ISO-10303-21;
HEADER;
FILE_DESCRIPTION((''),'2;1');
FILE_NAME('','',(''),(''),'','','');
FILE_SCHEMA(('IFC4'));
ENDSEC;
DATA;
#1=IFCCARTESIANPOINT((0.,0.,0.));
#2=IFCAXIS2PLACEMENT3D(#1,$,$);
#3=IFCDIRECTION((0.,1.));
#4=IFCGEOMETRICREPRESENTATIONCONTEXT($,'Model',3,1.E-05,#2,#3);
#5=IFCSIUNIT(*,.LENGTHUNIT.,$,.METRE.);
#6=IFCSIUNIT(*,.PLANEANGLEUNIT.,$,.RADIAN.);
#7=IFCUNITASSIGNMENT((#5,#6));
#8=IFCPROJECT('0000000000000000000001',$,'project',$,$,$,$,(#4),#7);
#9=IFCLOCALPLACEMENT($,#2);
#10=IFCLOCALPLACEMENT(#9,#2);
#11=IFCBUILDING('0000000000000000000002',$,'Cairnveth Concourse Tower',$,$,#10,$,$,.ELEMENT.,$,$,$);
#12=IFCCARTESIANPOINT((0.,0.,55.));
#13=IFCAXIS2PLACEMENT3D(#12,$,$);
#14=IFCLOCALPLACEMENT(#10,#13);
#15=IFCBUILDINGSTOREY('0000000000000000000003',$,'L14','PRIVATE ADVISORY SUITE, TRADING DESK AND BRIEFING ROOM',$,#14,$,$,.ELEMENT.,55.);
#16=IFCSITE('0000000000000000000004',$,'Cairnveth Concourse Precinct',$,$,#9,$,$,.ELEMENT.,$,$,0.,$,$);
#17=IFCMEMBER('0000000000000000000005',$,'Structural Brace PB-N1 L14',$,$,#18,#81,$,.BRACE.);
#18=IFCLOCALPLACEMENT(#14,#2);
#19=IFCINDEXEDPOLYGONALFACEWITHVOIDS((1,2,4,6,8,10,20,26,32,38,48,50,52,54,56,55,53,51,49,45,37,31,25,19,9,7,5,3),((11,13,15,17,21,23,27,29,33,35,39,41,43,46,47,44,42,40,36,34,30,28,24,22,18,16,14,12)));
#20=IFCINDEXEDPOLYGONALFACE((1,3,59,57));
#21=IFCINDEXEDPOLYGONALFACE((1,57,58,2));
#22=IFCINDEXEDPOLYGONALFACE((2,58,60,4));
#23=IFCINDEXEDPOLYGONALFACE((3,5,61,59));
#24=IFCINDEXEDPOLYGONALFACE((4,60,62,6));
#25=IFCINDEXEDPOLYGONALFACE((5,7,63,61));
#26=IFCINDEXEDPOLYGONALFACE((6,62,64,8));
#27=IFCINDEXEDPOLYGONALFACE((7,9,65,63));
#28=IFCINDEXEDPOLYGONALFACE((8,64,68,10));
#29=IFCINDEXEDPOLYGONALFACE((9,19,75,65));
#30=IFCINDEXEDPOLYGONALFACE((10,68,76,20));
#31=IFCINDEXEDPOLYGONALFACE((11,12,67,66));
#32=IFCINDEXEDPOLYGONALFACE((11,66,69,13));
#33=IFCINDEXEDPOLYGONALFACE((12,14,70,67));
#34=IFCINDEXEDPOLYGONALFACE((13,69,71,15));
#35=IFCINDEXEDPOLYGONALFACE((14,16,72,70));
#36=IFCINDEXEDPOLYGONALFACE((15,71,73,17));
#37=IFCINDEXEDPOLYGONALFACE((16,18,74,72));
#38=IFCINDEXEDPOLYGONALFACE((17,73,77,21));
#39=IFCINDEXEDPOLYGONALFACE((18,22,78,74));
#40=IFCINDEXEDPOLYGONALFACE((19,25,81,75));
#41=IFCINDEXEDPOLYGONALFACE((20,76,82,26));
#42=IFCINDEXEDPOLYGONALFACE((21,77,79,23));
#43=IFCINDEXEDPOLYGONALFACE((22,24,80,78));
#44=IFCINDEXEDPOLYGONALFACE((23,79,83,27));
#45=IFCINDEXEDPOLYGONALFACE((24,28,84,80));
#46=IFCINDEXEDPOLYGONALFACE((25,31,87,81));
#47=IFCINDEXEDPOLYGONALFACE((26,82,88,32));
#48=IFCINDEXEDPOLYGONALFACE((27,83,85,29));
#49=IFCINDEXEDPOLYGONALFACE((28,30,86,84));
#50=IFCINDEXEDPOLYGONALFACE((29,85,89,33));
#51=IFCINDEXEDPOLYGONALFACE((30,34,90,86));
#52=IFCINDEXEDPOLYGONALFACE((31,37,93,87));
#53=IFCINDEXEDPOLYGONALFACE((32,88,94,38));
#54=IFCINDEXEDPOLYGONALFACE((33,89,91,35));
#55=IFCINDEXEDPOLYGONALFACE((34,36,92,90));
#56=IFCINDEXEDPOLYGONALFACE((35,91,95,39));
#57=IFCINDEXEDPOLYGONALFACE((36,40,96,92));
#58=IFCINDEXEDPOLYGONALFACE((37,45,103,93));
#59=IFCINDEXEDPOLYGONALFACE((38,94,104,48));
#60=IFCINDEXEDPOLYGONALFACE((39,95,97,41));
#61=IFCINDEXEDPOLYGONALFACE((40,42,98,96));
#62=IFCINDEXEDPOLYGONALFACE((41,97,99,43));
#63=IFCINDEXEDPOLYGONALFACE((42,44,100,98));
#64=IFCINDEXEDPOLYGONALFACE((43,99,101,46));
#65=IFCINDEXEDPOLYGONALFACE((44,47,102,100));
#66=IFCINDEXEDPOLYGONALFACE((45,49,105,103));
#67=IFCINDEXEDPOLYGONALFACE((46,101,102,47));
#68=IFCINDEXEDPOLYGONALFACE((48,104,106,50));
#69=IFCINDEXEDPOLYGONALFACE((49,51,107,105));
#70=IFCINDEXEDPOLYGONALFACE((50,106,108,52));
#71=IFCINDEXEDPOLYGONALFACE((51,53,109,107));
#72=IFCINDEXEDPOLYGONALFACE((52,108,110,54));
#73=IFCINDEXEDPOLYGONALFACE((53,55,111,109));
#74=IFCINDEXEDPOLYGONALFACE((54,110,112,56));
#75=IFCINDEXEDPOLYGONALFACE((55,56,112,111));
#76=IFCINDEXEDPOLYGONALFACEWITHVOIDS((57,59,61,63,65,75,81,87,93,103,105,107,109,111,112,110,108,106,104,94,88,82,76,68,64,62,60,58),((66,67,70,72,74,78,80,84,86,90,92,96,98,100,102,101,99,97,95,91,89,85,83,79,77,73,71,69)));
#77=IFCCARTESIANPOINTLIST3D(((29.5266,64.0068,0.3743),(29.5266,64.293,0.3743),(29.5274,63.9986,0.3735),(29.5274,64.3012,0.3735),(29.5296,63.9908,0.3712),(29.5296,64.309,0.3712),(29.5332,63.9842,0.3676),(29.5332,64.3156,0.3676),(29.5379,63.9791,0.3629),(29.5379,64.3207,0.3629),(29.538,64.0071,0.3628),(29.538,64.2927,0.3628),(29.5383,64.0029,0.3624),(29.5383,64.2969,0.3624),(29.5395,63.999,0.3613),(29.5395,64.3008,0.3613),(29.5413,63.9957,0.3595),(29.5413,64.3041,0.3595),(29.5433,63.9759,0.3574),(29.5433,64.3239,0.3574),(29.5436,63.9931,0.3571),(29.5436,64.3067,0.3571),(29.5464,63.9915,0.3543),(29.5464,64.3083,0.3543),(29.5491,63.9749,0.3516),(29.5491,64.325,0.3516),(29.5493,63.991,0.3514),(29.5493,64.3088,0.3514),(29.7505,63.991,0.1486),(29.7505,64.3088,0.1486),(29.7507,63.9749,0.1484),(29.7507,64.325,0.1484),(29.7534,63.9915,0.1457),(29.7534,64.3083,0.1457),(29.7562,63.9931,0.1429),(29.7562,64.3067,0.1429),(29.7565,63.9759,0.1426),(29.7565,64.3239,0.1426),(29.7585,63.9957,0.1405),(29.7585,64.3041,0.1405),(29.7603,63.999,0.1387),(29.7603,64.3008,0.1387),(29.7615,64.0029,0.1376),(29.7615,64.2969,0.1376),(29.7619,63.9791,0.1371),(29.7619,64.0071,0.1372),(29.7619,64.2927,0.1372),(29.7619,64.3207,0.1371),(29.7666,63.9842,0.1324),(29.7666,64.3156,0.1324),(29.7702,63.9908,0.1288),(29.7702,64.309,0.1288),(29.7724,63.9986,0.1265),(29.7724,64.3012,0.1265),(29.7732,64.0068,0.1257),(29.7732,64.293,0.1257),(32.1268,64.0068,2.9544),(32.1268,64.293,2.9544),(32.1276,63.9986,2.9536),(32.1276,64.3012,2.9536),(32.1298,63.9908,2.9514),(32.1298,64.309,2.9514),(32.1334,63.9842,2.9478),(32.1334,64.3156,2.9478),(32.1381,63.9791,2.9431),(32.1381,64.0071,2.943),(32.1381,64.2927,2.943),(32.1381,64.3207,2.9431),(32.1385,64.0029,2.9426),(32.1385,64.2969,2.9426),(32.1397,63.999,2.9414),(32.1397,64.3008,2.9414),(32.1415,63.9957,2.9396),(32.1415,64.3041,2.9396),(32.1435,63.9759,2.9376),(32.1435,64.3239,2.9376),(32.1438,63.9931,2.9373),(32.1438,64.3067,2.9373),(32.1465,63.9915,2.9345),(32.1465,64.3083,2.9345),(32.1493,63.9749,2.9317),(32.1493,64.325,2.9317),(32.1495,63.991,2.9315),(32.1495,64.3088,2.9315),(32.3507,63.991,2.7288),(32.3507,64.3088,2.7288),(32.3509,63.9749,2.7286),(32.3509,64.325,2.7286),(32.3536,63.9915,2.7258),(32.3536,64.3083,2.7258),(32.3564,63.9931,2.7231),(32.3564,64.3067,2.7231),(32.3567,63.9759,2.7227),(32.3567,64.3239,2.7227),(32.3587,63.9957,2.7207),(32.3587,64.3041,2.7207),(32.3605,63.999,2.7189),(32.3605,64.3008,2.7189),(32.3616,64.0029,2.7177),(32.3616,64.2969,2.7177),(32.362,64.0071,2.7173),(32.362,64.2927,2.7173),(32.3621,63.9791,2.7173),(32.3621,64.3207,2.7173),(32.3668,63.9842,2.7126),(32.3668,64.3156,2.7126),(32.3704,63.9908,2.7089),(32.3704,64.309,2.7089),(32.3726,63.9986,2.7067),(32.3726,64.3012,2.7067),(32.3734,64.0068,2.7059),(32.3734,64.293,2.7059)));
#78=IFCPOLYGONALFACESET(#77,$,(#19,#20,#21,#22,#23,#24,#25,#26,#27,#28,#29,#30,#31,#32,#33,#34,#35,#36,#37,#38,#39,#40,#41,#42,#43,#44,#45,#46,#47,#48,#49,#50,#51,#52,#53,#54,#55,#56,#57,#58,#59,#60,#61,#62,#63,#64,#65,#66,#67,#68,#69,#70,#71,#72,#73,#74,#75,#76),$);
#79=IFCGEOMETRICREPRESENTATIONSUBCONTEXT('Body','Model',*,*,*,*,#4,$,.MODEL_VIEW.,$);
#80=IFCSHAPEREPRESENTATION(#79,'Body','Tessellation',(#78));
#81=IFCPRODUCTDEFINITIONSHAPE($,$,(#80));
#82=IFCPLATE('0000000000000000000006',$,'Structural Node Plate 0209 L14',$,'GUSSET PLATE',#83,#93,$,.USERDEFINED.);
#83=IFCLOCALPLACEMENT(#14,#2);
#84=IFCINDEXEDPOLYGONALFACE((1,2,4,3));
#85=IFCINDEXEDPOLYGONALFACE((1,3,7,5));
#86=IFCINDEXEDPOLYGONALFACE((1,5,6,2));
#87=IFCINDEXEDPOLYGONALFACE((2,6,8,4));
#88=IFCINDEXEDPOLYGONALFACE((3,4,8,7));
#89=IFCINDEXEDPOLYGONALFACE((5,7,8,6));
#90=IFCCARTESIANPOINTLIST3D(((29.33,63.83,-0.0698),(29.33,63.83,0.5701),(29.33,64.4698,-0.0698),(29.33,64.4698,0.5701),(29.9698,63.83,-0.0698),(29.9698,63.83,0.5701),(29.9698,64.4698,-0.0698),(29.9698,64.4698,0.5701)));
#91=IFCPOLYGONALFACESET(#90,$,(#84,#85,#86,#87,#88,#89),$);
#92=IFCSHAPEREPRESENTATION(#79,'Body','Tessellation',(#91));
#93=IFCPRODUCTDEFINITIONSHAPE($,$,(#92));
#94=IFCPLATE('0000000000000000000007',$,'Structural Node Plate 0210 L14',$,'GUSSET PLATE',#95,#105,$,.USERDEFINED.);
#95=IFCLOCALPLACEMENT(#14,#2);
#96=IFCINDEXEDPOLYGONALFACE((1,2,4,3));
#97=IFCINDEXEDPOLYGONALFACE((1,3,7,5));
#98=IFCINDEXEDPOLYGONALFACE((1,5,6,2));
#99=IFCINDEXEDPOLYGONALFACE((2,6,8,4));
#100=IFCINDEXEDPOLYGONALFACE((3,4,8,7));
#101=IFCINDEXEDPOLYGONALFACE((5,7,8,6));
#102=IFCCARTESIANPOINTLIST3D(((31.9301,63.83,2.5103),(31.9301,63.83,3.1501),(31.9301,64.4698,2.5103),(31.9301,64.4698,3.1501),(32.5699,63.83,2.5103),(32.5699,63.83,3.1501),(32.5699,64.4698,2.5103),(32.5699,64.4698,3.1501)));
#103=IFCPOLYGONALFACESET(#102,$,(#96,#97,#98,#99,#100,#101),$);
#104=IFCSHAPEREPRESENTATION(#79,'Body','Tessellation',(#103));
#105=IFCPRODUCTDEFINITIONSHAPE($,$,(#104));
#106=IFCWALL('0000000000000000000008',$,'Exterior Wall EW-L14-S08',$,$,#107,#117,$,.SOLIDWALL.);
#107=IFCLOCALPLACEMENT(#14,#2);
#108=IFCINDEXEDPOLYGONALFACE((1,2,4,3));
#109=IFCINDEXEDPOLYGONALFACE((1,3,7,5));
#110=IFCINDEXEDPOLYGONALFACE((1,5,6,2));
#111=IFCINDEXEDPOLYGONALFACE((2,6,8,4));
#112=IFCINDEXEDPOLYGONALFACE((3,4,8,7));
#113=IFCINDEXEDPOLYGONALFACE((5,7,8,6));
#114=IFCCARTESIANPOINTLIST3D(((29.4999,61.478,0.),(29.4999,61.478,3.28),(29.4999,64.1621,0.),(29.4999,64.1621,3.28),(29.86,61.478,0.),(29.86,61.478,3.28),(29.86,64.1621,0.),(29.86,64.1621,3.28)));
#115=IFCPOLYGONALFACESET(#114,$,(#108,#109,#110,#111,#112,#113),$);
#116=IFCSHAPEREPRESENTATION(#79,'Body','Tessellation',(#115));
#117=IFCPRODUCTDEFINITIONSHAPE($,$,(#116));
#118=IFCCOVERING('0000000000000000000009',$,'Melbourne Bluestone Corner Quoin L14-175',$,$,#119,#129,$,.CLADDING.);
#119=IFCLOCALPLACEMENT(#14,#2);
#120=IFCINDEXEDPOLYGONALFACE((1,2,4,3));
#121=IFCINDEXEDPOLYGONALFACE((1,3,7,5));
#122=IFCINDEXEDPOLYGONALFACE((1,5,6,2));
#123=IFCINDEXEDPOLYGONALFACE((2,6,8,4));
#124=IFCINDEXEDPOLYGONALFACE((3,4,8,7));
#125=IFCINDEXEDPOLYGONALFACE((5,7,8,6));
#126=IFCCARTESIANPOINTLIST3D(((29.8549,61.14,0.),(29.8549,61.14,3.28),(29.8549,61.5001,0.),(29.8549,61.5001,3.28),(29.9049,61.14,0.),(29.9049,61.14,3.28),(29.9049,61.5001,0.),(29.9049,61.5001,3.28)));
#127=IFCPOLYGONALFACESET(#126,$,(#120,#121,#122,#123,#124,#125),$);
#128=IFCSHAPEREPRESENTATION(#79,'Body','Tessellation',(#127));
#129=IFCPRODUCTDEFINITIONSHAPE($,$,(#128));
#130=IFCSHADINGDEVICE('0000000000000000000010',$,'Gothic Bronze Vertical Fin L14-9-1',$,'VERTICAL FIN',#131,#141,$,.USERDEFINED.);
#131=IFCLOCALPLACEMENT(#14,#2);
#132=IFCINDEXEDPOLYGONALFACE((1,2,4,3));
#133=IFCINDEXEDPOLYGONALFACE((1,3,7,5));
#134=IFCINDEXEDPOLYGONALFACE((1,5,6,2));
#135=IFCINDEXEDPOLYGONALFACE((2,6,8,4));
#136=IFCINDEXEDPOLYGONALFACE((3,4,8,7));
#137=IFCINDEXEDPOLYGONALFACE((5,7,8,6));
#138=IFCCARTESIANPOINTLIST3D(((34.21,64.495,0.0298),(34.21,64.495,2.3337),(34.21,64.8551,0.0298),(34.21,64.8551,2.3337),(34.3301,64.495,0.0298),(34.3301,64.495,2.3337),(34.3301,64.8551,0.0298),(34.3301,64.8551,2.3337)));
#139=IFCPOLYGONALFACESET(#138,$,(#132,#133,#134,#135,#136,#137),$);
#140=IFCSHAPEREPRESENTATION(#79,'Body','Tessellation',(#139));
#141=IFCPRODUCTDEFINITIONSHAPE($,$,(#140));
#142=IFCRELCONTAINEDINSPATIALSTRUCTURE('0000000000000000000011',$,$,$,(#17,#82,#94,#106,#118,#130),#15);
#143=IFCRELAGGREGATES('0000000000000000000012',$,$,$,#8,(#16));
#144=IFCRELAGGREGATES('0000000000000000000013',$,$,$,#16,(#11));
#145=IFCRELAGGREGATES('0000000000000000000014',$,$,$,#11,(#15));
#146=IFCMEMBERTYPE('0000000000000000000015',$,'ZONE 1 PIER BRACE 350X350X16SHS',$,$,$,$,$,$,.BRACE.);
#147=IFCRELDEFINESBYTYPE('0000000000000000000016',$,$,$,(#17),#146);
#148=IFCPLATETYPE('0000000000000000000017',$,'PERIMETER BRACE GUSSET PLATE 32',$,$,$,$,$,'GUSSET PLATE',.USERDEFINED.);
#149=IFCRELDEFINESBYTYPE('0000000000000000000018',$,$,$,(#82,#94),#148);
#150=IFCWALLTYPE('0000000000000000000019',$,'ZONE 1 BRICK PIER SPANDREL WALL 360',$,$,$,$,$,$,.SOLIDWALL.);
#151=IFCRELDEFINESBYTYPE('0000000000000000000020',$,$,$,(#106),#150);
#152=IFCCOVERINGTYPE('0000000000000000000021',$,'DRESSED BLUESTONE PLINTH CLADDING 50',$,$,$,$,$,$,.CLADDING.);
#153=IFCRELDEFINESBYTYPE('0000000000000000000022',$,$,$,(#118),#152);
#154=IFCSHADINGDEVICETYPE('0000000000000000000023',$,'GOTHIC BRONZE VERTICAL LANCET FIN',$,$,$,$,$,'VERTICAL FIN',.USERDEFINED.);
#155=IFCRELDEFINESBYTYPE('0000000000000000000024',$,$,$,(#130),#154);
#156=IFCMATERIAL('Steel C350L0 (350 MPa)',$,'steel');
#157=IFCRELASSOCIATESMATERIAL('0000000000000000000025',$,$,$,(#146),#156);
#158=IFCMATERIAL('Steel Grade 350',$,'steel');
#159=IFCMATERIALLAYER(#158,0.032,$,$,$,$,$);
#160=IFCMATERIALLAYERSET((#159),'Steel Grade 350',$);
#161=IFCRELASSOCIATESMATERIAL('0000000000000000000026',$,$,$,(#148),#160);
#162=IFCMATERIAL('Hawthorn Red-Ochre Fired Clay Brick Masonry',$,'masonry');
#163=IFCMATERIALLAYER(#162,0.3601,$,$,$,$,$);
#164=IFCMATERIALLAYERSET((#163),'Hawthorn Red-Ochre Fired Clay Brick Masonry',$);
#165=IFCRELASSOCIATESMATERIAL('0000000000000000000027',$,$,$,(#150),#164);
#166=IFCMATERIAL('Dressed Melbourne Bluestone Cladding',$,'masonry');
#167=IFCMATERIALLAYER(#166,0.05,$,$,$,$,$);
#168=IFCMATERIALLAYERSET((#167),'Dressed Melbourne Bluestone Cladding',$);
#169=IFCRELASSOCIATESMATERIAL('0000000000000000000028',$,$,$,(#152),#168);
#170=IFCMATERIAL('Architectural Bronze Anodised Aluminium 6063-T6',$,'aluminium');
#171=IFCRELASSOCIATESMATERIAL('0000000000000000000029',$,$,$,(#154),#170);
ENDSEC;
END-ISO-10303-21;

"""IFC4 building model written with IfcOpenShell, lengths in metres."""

from ifc_helpers import new_model, si_unit, direction, frame, frame_2d, origin, origin_2d, place, context, subcontext, project, spatial, rectangle, hollow_rectangle, extrude, material, layer, layer_set, material_profile, profile_set, type_object, element, save


model = new_model("IFC4")

# Units and contexts
model_context = context("Model", 3, precision=1e-05, world=origin(), true_north=direction((0.0, 1.0)))
body_context = subcontext(model_context, "Body", "Model", "MODEL_VIEW")
ifc_project = project(units=[si_unit("LENGTHUNIT", "METRE"), si_unit("PLANEANGLEUNIT", "RADIAN")], contexts=[model_context])

# Site, building, storey
site_placement = place(None, origin())
site = spatial("IfcSite", under=ifc_project, at=site_placement, Name="Cairnveth Concourse Precinct", CompositionType="ELEMENT", RefElevation=0.0)
building_placement = place(site_placement, origin())
building = spatial("IfcBuilding", under=site, at=building_placement, Name="Cairnveth Concourse Tower", CompositionType="ELEMENT")
storey_placement = place(building_placement, frame((0.0, 0.0, 55.0)))
storey = spatial("IfcBuildingStorey", under=building, at=storey_placement, Name="L14", Description="PRIVATE ADVISORY SUITE, TRADING DESK AND BRIEFING ROOM", CompositionType="ELEMENT", Elevation=55.0)

# Member
ifc_material_1 = material(Name="Steel C350L0 (350 MPa)", Category="steel")
ifc_material_profile = material_profile(ifc_material_1, hollow_rectangle(XDim=0.3501, YDim=0.3501, WallThickness=0.0161, InnerFilletRadius=0.0161, OuterFilletRadius=0.032, at=origin_2d()), Name="350x350x16.0SHS")
ifc_profile_set = profile_set([ifc_material_profile], Name="Steel C350L0 (350 MPa)")
member_type = type_object("IfcMemberType", Name="ZONE 1 PIER BRACE 350X350X16SHS", PredefinedType="BRACE", material=ifc_profile_set)
member_placement = place(storey_placement, frame((29.6499, 64.1499, 0.25), z_axis=(0.709834, 0.0, 0.704369), x_axis=(0.0, 1.0, 0.0)))
element("IfcMember", 1, at=member_placement, inside=storey, type_object=member_type, Name="Structural Brace PB-N1 L14", PredefinedType="BRACE", context=body_context, shape_type="SweptSolid", body=[
    extrude(hollow_rectangle(XDim=0.3501, YDim=0.3501, WallThickness=0.0161, InnerFilletRadius=0.0161, OuterFilletRadius=0.032, at=origin_2d()), origin(), (0.0, 0.0, 1.0), 3.6631),
])

# Plates
ifc_material_2 = material(Name="Steel Grade 350", Category="steel")
ifc_layer_1 = layer(ifc_material_2, 0.032)
ifc_layer_set_1 = layer_set([ifc_layer_1], Name="Steel Grade 350")
plate_type = type_object("IfcPlateType", Name="PERIMETER BRACE GUSSET PLATE 32", ElementType="GUSSET PLATE", PredefinedType="USERDEFINED", material=ifc_layer_set_1)
for number, where, z_axis, x_axis, name in (
    (2, (29.6499, 64.1499, -0.0698), (0.0, 0.0, 1.0), (1.0, 0.0, 0.0), "Structural Node Plate 0209 L14"),
    (3, (32.25, 64.1499, 2.5103), (0.0, 0.0, 1.0), (1.0, 0.0, 0.0), "Structural Node Plate 0210 L14"),
):
    element("IfcPlate", number, at=place(storey_placement, frame(where, z_axis=z_axis, x_axis=x_axis)), inside=storey, type_object=plate_type, Name=name, ObjectType="GUSSET PLATE", PredefinedType="USERDEFINED", context=body_context, shape_type="SweptSolid", body=[
        extrude(rectangle(XDim=0.6399, YDim=0.6399, at=origin_2d()), origin(), (0.0, 0.0, 1.0), 0.6399),
    ])

# Wall
ifc_material_3 = material(Name="Hawthorn Red-Ochre Fired Clay Brick Masonry", Category="masonry")
ifc_layer_2 = layer(ifc_material_3, 0.3601)
ifc_layer_set_2 = layer_set([ifc_layer_2], Name="Hawthorn Red-Ochre Fired Clay Brick Masonry")
wall_type = type_object("IfcWallType", Name="ZONE 1 BRICK PIER SPANDREL WALL 360", PredefinedType="SOLIDWALL", material=ifc_layer_set_2)
wall_1_placement = place(storey_placement, frame((29.6799, 61.478, 0.0), z_axis=(0.0, 0.0, 1.0), x_axis=(0.0, 1.0, 0.0)))
element("IfcWall", 4, at=wall_1_placement, inside=storey, type_object=wall_type, Name="Exterior Wall EW-L14-S08", PredefinedType="SOLIDWALL", context=body_context, shape_type="SweptSolid", body=[
    extrude(rectangle(XDim=2.6841, YDim=0.3601, at=frame_2d((1.342, 0.0))), origin(), (0.0, 0.0, 1.0), 3.28),
])

# Covering
ifc_material_4 = material(Name="Dressed Melbourne Bluestone Cladding", Category="masonry")
ifc_layer_3 = layer(ifc_material_4, 0.05)
ifc_layer_set_3 = layer_set([ifc_layer_3], Name="Dressed Melbourne Bluestone Cladding")
covering_type = type_object("IfcCoveringType", Name="DRESSED BLUESTONE PLINTH CLADDING 50", PredefinedType="CLADDING", material=ifc_layer_set_3)
covering_placement = place(storey_placement, frame((29.8799, 61.1399, 0.0), z_axis=(0.0, 0.0, 1.0), x_axis=(0.0, 1.0, 0.0)))
element("IfcCovering", 5, at=covering_placement, inside=storey, type_object=covering_type, Name="Melbourne Bluestone Corner Quoin L14-175", PredefinedType="CLADDING", context=body_context, shape_type="SweptSolid", body=[
    extrude(rectangle(XDim=0.3601, YDim=0.05, at=frame_2d((0.1802, 0.0))), origin(), (0.0, 0.0, 1.0), 3.28),
])

# Shading device
ifc_material_5 = material(Name="Architectural Bronze Anodised Aluminium 6063-T6", Category="aluminium")
shading_device_type = type_object("IfcShadingDeviceType", Name="GOTHIC BRONZE VERTICAL LANCET FIN", ElementType="VERTICAL FIN", PredefinedType="USERDEFINED", material=ifc_material_5)
shading_device_placement = place(storey_placement, frame((34.27, 64.675, 0.0298), z_axis=(0.0, 0.0, 1.0), x_axis=(1.0, 0.0, 0.0)))
element("IfcShadingDevice", 6, at=shading_device_placement, inside=storey, type_object=shading_device_type, Name="Gothic Bronze Vertical Fin L14-9-1", ObjectType="VERTICAL FIN", PredefinedType="USERDEFINED", context=body_context, shape_type="SweptSolid", body=[
    extrude(rectangle(XDim=0.1201, YDim=0.3601, at=origin_2d()), origin(), (0.0, 0.0, 1.0), 2.304),
])

save(model, "model.ifc")
